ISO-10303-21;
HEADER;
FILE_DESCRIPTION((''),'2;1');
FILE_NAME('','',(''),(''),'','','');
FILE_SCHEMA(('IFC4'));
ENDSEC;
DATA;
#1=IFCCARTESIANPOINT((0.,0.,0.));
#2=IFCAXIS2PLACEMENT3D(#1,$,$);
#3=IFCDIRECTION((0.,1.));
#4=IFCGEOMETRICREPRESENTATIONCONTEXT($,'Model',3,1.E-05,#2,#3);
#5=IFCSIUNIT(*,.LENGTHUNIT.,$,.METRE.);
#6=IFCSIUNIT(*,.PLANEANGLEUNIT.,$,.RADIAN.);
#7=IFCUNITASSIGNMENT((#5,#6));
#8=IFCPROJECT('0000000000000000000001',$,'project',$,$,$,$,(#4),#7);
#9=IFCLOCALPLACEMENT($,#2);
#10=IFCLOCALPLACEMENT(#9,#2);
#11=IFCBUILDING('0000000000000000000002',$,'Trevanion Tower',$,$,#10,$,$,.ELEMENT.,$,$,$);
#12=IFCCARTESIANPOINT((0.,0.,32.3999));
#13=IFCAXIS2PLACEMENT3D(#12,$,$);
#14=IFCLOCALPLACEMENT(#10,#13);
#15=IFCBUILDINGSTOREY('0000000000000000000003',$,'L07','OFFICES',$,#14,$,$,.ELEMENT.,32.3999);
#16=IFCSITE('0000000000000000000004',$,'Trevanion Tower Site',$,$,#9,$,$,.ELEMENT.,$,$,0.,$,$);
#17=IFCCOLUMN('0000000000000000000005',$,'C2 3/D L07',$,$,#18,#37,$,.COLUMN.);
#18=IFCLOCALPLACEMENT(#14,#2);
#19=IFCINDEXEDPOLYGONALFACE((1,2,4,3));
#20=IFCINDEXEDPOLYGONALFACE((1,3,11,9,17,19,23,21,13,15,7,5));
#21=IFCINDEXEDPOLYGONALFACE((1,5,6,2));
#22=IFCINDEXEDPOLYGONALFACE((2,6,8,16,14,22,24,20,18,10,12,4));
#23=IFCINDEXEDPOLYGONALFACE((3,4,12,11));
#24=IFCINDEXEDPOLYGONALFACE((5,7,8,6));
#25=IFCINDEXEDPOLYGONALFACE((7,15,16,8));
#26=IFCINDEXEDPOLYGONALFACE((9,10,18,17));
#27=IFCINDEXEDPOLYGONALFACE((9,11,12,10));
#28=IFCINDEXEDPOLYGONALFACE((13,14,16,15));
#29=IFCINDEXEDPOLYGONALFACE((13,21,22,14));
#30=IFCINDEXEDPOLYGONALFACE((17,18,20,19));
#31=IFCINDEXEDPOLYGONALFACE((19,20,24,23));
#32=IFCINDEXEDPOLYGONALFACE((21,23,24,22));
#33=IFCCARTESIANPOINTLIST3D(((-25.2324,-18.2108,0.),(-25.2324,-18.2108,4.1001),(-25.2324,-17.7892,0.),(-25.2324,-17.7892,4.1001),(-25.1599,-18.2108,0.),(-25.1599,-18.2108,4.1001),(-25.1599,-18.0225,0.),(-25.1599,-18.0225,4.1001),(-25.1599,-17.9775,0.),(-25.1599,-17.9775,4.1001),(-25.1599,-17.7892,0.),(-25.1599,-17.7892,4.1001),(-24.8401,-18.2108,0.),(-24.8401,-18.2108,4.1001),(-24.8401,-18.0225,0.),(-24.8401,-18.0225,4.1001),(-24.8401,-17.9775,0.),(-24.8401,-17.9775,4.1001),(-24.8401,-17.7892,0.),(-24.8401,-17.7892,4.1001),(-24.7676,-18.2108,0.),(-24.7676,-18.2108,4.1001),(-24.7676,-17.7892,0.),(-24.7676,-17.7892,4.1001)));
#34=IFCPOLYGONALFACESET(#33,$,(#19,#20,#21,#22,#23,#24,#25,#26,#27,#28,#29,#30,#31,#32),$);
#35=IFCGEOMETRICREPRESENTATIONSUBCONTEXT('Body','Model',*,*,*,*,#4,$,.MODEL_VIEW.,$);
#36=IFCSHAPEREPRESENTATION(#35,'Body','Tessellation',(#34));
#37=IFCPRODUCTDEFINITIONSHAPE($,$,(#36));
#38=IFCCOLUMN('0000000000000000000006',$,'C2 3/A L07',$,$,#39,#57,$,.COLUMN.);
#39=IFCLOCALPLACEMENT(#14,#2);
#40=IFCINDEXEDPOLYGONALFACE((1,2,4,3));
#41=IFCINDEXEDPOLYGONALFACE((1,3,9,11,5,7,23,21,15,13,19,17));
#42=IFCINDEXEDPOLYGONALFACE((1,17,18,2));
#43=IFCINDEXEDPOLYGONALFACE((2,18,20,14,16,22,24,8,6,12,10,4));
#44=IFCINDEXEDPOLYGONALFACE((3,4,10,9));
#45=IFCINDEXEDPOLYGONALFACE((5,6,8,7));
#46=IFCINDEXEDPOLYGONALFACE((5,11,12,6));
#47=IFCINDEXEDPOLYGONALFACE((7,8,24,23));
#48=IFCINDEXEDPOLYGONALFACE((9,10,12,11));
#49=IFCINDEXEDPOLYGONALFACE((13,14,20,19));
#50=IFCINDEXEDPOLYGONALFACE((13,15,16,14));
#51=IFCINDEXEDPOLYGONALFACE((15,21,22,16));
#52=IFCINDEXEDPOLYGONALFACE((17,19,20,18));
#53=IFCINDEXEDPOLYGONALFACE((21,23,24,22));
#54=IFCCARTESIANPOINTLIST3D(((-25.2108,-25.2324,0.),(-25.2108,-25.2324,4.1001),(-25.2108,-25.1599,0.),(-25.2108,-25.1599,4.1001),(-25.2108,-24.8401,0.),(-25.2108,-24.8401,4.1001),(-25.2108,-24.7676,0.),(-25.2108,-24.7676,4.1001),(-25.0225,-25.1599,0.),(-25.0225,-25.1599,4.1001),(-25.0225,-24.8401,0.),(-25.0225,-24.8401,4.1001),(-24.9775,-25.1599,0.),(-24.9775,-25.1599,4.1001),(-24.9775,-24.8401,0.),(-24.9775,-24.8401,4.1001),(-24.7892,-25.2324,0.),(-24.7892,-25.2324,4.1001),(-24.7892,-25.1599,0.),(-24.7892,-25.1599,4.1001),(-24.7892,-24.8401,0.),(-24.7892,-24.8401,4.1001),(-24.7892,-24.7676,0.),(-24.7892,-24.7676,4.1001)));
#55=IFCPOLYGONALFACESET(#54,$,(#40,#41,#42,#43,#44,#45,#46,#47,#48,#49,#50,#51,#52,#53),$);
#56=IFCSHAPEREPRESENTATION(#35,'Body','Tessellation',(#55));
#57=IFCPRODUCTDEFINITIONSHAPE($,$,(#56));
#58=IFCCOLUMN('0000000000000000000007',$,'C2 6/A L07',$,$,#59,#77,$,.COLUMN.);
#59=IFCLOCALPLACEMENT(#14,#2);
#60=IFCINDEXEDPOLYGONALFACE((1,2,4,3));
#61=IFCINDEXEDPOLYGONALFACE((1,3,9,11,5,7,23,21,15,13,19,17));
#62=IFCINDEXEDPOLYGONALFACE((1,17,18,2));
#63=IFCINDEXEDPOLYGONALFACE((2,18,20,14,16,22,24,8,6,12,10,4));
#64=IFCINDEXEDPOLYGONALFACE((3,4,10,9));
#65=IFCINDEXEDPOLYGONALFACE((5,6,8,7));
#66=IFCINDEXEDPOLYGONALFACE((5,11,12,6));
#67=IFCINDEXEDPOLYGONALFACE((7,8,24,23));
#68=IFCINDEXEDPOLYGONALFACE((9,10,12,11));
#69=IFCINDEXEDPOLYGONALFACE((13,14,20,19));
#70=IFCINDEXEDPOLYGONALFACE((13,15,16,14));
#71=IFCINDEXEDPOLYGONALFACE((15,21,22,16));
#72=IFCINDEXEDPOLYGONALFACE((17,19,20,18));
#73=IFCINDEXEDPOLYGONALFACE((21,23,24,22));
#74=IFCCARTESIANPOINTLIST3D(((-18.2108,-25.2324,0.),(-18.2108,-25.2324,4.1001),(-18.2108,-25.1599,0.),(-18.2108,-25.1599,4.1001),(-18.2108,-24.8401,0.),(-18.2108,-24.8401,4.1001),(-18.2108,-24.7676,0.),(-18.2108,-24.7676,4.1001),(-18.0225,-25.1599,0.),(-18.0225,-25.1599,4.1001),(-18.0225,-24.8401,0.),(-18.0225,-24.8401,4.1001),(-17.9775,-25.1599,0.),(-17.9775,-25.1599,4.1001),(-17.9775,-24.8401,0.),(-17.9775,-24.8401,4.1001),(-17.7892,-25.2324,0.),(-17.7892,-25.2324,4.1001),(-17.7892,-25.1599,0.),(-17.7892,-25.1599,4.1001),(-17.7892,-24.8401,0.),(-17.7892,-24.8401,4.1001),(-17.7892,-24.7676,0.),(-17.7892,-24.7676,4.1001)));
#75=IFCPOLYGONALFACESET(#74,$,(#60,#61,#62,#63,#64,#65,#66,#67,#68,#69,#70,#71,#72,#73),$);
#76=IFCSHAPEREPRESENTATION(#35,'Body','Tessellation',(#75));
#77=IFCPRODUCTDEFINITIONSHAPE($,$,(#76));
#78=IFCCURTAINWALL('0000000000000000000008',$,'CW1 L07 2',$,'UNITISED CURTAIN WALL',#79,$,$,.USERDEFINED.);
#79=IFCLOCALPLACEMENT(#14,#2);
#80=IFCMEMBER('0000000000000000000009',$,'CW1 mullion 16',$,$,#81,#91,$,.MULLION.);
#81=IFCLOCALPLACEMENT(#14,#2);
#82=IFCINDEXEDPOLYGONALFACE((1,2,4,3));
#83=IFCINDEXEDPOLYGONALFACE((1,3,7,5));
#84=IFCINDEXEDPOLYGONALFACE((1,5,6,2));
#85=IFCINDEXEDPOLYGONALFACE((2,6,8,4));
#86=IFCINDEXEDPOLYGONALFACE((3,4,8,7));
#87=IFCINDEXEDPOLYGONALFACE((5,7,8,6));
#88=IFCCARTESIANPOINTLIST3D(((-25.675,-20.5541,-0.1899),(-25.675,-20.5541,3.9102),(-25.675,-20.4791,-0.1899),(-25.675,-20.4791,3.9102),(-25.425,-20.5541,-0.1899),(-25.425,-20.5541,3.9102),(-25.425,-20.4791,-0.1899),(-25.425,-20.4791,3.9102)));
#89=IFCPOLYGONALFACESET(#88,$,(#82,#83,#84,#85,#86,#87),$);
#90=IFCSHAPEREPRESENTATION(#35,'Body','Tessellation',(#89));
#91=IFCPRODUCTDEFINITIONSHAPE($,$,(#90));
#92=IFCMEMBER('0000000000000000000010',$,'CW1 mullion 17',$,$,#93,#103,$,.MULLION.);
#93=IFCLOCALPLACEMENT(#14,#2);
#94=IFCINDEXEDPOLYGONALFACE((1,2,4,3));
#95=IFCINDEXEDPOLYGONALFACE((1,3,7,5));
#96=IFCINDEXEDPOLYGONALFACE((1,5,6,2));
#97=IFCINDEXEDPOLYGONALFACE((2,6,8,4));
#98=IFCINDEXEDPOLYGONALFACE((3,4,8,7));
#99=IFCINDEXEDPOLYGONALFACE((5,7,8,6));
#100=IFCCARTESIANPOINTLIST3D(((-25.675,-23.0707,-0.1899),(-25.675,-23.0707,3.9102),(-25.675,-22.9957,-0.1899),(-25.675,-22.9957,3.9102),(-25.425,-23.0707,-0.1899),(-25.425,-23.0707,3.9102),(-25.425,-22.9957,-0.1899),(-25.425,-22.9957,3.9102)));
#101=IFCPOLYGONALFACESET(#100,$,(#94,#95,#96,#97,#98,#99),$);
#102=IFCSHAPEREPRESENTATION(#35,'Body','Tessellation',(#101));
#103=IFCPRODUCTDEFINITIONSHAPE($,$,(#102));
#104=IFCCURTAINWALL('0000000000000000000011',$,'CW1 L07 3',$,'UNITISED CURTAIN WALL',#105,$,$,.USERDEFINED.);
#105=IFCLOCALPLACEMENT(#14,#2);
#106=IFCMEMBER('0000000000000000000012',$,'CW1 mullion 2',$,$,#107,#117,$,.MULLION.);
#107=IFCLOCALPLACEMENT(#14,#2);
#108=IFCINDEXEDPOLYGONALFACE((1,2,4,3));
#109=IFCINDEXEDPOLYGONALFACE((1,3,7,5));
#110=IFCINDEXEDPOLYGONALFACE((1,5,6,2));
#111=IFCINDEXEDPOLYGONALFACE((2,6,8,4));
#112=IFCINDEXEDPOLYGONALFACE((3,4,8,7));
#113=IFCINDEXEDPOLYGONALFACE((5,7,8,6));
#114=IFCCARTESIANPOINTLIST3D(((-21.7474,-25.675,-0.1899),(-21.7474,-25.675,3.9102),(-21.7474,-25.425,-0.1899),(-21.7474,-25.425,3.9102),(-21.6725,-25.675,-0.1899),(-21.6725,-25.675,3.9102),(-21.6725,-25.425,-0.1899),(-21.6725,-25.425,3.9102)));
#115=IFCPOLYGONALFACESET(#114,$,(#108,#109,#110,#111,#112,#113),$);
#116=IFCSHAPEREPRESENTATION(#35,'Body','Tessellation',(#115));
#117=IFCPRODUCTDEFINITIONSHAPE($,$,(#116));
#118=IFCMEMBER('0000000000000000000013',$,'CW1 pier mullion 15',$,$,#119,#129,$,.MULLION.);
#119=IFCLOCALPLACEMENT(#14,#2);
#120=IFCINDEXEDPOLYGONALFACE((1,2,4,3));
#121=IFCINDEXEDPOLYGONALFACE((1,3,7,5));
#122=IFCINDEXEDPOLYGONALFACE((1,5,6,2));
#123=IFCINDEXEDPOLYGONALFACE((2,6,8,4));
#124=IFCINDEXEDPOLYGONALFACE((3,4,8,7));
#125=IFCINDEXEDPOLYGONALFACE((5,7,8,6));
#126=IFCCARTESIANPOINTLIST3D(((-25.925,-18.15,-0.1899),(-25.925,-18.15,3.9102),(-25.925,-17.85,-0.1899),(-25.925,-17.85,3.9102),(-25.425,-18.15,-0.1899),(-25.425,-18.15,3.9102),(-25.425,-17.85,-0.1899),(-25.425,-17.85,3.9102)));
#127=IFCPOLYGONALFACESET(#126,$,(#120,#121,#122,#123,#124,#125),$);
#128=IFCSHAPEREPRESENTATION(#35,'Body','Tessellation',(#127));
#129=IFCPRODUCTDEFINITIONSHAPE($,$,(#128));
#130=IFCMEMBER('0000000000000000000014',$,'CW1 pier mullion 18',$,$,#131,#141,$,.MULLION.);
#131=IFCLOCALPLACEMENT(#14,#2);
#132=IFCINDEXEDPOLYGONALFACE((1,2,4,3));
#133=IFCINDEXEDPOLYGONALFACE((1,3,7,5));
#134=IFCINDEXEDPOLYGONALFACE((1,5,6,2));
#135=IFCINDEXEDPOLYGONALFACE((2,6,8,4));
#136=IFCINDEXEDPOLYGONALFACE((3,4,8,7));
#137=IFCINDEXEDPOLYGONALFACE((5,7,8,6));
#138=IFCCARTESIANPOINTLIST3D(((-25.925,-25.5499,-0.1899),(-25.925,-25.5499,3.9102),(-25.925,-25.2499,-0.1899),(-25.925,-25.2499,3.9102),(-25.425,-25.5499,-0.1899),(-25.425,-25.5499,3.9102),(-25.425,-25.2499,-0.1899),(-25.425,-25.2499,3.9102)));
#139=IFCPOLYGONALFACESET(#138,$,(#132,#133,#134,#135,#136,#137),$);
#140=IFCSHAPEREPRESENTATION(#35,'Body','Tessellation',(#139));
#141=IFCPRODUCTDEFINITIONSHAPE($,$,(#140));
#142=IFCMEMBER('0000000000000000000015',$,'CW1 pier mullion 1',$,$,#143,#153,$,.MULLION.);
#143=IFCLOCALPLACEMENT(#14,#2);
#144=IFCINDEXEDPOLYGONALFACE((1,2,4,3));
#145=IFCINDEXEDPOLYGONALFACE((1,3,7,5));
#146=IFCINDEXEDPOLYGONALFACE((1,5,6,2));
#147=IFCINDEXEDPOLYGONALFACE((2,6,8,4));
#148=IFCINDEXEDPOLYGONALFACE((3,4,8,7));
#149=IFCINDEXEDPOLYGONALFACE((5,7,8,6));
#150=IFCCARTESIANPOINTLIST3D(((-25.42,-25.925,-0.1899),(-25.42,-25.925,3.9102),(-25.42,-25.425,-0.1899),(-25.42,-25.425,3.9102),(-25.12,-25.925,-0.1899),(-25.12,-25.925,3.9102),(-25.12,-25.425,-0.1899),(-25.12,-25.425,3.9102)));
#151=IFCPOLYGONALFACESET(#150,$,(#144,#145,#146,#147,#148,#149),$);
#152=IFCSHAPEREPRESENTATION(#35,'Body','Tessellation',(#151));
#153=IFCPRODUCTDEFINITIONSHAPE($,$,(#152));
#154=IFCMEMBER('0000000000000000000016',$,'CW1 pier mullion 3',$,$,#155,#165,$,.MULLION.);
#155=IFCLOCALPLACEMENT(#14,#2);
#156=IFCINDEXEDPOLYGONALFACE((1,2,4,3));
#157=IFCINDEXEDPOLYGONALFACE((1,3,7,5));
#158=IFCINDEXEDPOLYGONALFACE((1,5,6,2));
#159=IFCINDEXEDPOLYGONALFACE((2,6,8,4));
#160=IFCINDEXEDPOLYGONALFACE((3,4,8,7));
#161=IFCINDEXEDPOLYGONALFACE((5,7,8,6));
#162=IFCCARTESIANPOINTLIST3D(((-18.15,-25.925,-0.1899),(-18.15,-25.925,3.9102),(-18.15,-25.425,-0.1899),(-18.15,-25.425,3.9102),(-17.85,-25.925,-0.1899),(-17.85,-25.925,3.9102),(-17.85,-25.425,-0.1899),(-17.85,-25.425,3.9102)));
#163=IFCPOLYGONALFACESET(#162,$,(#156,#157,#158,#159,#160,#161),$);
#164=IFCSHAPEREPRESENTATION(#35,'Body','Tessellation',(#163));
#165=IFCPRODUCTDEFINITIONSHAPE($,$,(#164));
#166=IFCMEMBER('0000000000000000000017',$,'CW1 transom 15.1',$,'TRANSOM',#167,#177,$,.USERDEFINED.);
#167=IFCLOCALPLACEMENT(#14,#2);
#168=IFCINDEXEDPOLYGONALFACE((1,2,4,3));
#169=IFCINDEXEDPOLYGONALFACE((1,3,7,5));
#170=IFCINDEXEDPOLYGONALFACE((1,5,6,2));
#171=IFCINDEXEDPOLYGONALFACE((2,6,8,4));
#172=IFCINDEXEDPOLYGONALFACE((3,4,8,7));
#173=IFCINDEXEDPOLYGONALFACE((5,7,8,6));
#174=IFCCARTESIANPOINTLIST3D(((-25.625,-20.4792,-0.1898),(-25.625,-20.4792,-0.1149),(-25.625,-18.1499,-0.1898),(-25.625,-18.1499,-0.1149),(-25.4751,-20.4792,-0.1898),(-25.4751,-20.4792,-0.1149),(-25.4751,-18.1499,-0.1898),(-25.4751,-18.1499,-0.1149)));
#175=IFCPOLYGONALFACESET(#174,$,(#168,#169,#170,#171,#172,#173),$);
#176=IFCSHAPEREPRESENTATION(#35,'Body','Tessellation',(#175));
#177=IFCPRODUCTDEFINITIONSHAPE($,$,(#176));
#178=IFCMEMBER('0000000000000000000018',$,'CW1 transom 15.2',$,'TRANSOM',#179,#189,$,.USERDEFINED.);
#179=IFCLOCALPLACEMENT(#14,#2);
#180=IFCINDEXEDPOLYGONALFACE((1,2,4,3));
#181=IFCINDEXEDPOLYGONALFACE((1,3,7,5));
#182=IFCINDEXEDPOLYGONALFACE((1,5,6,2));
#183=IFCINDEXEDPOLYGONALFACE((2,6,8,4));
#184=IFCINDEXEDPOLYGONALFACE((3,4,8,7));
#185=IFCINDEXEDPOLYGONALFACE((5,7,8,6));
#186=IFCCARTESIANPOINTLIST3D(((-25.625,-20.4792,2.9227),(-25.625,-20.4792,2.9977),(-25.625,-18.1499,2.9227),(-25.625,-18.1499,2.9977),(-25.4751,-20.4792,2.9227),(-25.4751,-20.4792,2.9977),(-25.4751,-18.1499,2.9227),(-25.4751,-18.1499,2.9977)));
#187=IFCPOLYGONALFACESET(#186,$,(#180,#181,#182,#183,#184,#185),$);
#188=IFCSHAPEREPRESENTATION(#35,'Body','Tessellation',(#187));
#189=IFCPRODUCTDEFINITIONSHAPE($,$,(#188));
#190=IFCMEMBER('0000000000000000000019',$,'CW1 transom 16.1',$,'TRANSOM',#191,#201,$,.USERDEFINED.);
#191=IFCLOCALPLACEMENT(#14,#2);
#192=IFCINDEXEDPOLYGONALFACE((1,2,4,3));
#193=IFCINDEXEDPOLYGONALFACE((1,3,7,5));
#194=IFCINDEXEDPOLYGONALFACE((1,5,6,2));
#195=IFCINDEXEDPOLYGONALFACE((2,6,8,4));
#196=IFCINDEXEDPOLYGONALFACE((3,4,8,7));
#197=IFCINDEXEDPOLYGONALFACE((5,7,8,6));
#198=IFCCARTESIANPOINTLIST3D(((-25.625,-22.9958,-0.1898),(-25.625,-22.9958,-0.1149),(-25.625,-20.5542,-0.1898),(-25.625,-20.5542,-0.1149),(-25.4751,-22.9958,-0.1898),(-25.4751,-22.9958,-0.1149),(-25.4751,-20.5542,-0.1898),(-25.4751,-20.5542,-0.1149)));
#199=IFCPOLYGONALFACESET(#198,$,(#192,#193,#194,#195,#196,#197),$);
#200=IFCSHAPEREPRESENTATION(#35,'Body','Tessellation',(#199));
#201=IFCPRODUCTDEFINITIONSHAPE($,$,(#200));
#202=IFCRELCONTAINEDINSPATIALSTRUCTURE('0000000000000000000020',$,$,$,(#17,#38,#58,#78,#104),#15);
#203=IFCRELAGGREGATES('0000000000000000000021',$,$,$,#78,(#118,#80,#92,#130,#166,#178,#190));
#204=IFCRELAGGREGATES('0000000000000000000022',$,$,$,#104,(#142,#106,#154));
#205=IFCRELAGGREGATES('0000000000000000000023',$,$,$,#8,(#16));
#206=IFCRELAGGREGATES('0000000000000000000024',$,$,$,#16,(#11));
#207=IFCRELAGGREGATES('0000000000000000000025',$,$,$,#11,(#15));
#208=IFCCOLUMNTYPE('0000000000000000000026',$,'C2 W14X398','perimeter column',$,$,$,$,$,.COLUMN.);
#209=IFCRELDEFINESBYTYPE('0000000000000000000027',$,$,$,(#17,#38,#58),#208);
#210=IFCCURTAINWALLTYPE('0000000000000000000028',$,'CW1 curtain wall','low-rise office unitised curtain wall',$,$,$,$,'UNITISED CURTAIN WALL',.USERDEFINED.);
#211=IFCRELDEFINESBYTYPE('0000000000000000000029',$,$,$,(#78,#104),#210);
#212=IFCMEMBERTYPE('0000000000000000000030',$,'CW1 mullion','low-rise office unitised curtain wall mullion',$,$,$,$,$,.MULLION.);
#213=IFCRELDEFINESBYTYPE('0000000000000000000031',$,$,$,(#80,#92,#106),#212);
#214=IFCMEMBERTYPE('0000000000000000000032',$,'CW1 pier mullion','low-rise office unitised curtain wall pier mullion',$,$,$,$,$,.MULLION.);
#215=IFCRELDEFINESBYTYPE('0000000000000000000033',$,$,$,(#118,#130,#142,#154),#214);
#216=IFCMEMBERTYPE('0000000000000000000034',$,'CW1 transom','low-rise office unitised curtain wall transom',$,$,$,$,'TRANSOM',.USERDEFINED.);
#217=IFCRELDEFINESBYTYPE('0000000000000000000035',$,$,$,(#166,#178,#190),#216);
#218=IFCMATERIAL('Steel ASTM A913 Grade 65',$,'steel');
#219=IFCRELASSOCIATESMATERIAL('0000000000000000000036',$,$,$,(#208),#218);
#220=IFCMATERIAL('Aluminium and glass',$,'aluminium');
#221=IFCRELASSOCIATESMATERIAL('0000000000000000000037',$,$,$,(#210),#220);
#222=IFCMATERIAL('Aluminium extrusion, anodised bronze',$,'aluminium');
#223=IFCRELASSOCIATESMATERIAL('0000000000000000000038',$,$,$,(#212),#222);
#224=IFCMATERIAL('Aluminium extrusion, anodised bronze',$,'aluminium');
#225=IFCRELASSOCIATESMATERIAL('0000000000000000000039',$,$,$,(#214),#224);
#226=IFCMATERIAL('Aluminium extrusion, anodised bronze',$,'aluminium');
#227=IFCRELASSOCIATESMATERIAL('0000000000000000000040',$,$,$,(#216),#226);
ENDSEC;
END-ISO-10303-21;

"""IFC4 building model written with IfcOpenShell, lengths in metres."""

from ifc_helpers import new_model, si_unit, direction, frame, origin, origin_2d, place, context, subcontext, project, spatial, rectangle, i_section, extrude, material, material_profile, profile_set, type_object, element, aggregate, save


model = new_model("IFC4")

# Units and contexts
model_context = context("Model", 3, precision=1e-05, world=origin(), true_north=direction((0.0, 1.0)))
body_context = subcontext(model_context, "Body", "Model", "MODEL_VIEW")
ifc_project = project(units=[si_unit("LENGTHUNIT", "METRE"), si_unit("PLANEANGLEUNIT", "RADIAN")], contexts=[model_context])

# Site, building, storey
site_placement = place(None, origin())
site = spatial("IfcSite", under=ifc_project, at=site_placement, Name="Trevanion Tower Site", CompositionType="ELEMENT", RefElevation=0.0)
building_placement = place(site_placement, origin())
building = spatial("IfcBuilding", under=site, at=building_placement, Name="Trevanion Tower", CompositionType="ELEMENT")
storey_placement = place(building_placement, frame((0.0, 0.0, 32.3999)))
storey = spatial("IfcBuildingStorey", under=building, at=storey_placement, Name="L07", Description="OFFICES", CompositionType="ELEMENT", Elevation=32.3999)

# Columns
ifc_material_1 = material(Name="Steel ASTM A913 Grade 65", Category="steel")
ifc_material_profile_1 = material_profile(ifc_material_1, i_section(OverallWidth=0.4216, OverallDepth=0.4648, WebThickness=0.0449, FlangeThickness=0.0725, at=origin_2d()), Name="W14X398")
ifc_profile_set_1 = profile_set([ifc_material_profile_1], Name="Steel ASTM A913 Grade 65")
column_type = type_object("IfcColumnType", Name="C2 W14X398", Description="perimeter column", PredefinedType="COLUMN", material=ifc_profile_set_1)
for number, where, z_axis, x_axis, name in (
    (1, (-25.0, -18.0, 0.0), (0.0, 0.0, 1.0), (0.0, 1.0, 0.0), "C2 3/D L07"),
    (2, (-25.0, -25.0, 0.0), (0.0, 0.0, 1.0), (1.0, 0.0, 0.0), "C2 3/A L07"),
    (3, (-18.0, -25.0, 0.0), (0.0, 0.0, 1.0), (1.0, 0.0, 0.0), "C2 6/A L07"),
):
    element("IfcColumn", number, at=place(storey_placement, frame(where, z_axis=z_axis, x_axis=x_axis)), inside=storey, type_object=column_type, Name=name, PredefinedType="COLUMN", context=body_context, shape_type="SweptSolid", body=[
        extrude(i_section(OverallWidth=0.4216, OverallDepth=0.4648, WebThickness=0.0449, FlangeThickness=0.0725, at=origin_2d()), origin(), (0.0, 0.0, 1.0), 4.1001),
    ])

# Curtain wall, members
ifc_material_2 = material(Name="Aluminium and glass", Category="aluminium")
curtain_wall_type = type_object("IfcCurtainWallType", Name="CW1 curtain wall", Description="low-rise office unitised curtain wall", ElementType="UNITISED CURTAIN WALL", PredefinedType="USERDEFINED", material=ifc_material_2)
curtain_wall_1_placement = place(storey_placement, origin())
curtain_wall_1 = element("IfcCurtainWall", 4, at=curtain_wall_1_placement, inside=storey, type_object=curtain_wall_type, Name="CW1 L07 2", ObjectType="UNITISED CURTAIN WALL", PredefinedType="USERDEFINED")
ifc_material_3 = material(Name="Aluminium extrusion, anodised bronze", Category="aluminium")
ifc_material_profile_2 = material_profile(ifc_material_3, rectangle(XDim=0.075, YDim=0.25, at=origin_2d()), Name="CW1 mullion")
ifc_profile_set_2 = profile_set([ifc_material_profile_2], Name="Aluminium extrusion, anodised bronze")
member_type_1 = type_object("IfcMemberType", Name="CW1 mullion", Description="low-rise office unitised curtain wall mullion", PredefinedType="MULLION", material=ifc_profile_set_2)
member_1_placement = place(storey_placement, frame((-25.55, -20.5166, -0.1899), z_axis=(0.0, 0.0, 1.0), x_axis=(0.0, -1.0, 0.0)))
member_1 = element("IfcMember", 5, at=member_1_placement, type_object=member_type_1, Name="CW1 mullion 16", PredefinedType="MULLION", context=body_context, shape_type="SweptSolid", body=[
    extrude(rectangle(XDim=0.075, YDim=0.25, at=origin_2d()), origin(), (0.0, 0.0, 1.0), 4.1001),
])
member_2_placement = place(storey_placement, frame((-25.55, -23.0332, -0.1899), z_axis=(0.0, 0.0, 1.0), x_axis=(0.0, -1.0, 0.0)))
member_2 = element("IfcMember", 6, at=member_2_placement, type_object=member_type_1, Name="CW1 mullion 17", PredefinedType="MULLION", context=body_context, shape_type="SweptSolid", body=[
    extrude(rectangle(XDim=0.075, YDim=0.25, at=origin_2d()), origin(), (0.0, 0.0, 1.0), 4.1001),
])

# Curtain wall, member
curtain_wall_2_placement = place(storey_placement, origin())
curtain_wall_2 = element("IfcCurtainWall", 7, at=curtain_wall_2_placement, inside=storey, type_object=curtain_wall_type, Name="CW1 L07 3", ObjectType="UNITISED CURTAIN WALL", PredefinedType="USERDEFINED")
member_3_placement = place(storey_placement, frame((-21.71, -25.55, -0.1899), z_axis=(0.0, 0.0, 1.0), x_axis=(1.0, 0.0, 0.0)))
member_3 = element("IfcMember", 8, at=member_3_placement, type_object=member_type_1, Name="CW1 mullion 2", PredefinedType="MULLION", context=body_context, shape_type="SweptSolid", body=[
    extrude(rectangle(XDim=0.075, YDim=0.25, at=origin_2d()), origin(), (0.0, 0.0, 1.0), 4.1001),
])

# Members
ifc_material_4 = material(Name="Aluminium extrusion, anodised bronze", Category="aluminium")
ifc_material_profile_3 = material_profile(ifc_material_4, rectangle(XDim=0.3, YDim=0.5, at=origin_2d()), Name="CW1 pier mullion")
ifc_profile_set_3 = profile_set([ifc_material_profile_3], Name="Aluminium extrusion, anodised bronze")
member_type_2 = type_object("IfcMemberType", Name="CW1 pier mullion", Description="low-rise office unitised curtain wall pier mullion", PredefinedType="MULLION", material=ifc_profile_set_3)
member_4_placement = place(storey_placement, frame((-25.675, -18.0, -0.1899), z_axis=(0.0, 0.0, 1.0), x_axis=(0.0, -1.0, 0.0)))
member_4 = element("IfcMember", 9, at=member_4_placement, type_object=member_type_2, Name="CW1 pier mullion 15", PredefinedType="MULLION", context=body_context, shape_type="SweptSolid", body=[
    extrude(rectangle(XDim=0.3, YDim=0.5, at=origin_2d()), origin(), (0.0, 0.0, 1.0), 4.1001),
])
member_5_placement = place(storey_placement, frame((-25.675, -25.3999, -0.1899), z_axis=(0.0, 0.0, 1.0), x_axis=(0.0, -1.0, 0.0)))
member_5 = element("IfcMember", 10, at=member_5_placement, type_object=member_type_2, Name="CW1 pier mullion 18", PredefinedType="MULLION", context=body_context, shape_type="SweptSolid", body=[
    extrude(rectangle(XDim=0.3, YDim=0.5, at=origin_2d()), origin(), (0.0, 0.0, 1.0), 4.1001),
])
member_6_placement = place(storey_placement, frame((-25.27, -25.675, -0.1899), z_axis=(0.0, 0.0, 1.0), x_axis=(1.0, 0.0, 0.0)))
member_6 = element("IfcMember", 11, at=member_6_placement, type_object=member_type_2, Name="CW1 pier mullion 1", PredefinedType="MULLION", context=body_context, shape_type="SweptSolid", body=[
    extrude(rectangle(XDim=0.3, YDim=0.5, at=origin_2d()), origin(), (0.0, 0.0, 1.0), 4.1001),
])
member_7_placement = place(storey_placement, frame((-18.0, -25.675, -0.1899), z_axis=(0.0, 0.0, 1.0), x_axis=(1.0, 0.0, 0.0)))
member_7 = element("IfcMember", 12, at=member_7_placement, type_object=member_type_2, Name="CW1 pier mullion 3", PredefinedType="MULLION", context=body_context, shape_type="SweptSolid", body=[
    extrude(rectangle(XDim=0.3, YDim=0.5, at=origin_2d()), origin(), (0.0, 0.0, 1.0), 4.1001),
])
ifc_material_5 = material(Name="Aluminium extrusion, anodised bronze", Category="aluminium")
ifc_material_profile_4 = material_profile(ifc_material_5, rectangle(XDim=0.1499, YDim=0.075, at=origin_2d()), Name="CW1 transom")
ifc_profile_set_4 = profile_set([ifc_material_profile_4], Name="Aluminium extrusion, anodised bronze")
member_type_3 = type_object("IfcMemberType", Name="CW1 transom", Description="low-rise office unitised curtain wall transom", ElementType="TRANSOM", PredefinedType="USERDEFINED", material=ifc_profile_set_4)
member_8_placement = place(storey_placement, frame((-25.55, -18.1499, -0.1523), z_axis=(0.0, -1.0, 0.0), x_axis=(1.0, 0.0, 0.0)))
member_8 = element("IfcMember", 13, at=member_8_placement, type_object=member_type_3, Name="CW1 transom 15.1", ObjectType="TRANSOM", PredefinedType="USERDEFINED", context=body_context, shape_type="SweptSolid", body=[
    extrude(rectangle(XDim=0.1499, YDim=0.075, at=origin_2d()), origin(), (0.0, 0.0, 1.0), 2.3293),
])
member_9_placement = place(storey_placement, frame((-25.55, -18.1499, 2.9602), z_axis=(0.0, -1.0, 0.0), x_axis=(1.0, 0.0, 0.0)))
member_9 = element("IfcMember", 14, at=member_9_placement, type_object=member_type_3, Name="CW1 transom 15.2", ObjectType="TRANSOM", PredefinedType="USERDEFINED", context=body_context, shape_type="SweptSolid", body=[
    extrude(rectangle(XDim=0.1499, YDim=0.075, at=origin_2d()), origin(), (0.0, 0.0, 1.0), 2.3293),
])
member_10_placement = place(storey_placement, frame((-25.55, -20.5542, -0.1523), z_axis=(0.0, -1.0, 0.0), x_axis=(1.0, 0.0, 0.0)))
member_10 = element("IfcMember", 15, at=member_10_placement, type_object=member_type_3, Name="CW1 transom 16.1", ObjectType="TRANSOM", PredefinedType="USERDEFINED", context=body_context, shape_type="SweptSolid", body=[
    extrude(rectangle(XDim=0.1499, YDim=0.075, at=origin_2d()), origin(), (0.0, 0.0, 1.0), 2.4417),
])

aggregate(curtain_wall_1, [member_4, member_1, member_2, member_5, member_8, member_9, member_10])
aggregate(curtain_wall_2, [member_6, member_3, member_7])

save(model, "model.ifc")
